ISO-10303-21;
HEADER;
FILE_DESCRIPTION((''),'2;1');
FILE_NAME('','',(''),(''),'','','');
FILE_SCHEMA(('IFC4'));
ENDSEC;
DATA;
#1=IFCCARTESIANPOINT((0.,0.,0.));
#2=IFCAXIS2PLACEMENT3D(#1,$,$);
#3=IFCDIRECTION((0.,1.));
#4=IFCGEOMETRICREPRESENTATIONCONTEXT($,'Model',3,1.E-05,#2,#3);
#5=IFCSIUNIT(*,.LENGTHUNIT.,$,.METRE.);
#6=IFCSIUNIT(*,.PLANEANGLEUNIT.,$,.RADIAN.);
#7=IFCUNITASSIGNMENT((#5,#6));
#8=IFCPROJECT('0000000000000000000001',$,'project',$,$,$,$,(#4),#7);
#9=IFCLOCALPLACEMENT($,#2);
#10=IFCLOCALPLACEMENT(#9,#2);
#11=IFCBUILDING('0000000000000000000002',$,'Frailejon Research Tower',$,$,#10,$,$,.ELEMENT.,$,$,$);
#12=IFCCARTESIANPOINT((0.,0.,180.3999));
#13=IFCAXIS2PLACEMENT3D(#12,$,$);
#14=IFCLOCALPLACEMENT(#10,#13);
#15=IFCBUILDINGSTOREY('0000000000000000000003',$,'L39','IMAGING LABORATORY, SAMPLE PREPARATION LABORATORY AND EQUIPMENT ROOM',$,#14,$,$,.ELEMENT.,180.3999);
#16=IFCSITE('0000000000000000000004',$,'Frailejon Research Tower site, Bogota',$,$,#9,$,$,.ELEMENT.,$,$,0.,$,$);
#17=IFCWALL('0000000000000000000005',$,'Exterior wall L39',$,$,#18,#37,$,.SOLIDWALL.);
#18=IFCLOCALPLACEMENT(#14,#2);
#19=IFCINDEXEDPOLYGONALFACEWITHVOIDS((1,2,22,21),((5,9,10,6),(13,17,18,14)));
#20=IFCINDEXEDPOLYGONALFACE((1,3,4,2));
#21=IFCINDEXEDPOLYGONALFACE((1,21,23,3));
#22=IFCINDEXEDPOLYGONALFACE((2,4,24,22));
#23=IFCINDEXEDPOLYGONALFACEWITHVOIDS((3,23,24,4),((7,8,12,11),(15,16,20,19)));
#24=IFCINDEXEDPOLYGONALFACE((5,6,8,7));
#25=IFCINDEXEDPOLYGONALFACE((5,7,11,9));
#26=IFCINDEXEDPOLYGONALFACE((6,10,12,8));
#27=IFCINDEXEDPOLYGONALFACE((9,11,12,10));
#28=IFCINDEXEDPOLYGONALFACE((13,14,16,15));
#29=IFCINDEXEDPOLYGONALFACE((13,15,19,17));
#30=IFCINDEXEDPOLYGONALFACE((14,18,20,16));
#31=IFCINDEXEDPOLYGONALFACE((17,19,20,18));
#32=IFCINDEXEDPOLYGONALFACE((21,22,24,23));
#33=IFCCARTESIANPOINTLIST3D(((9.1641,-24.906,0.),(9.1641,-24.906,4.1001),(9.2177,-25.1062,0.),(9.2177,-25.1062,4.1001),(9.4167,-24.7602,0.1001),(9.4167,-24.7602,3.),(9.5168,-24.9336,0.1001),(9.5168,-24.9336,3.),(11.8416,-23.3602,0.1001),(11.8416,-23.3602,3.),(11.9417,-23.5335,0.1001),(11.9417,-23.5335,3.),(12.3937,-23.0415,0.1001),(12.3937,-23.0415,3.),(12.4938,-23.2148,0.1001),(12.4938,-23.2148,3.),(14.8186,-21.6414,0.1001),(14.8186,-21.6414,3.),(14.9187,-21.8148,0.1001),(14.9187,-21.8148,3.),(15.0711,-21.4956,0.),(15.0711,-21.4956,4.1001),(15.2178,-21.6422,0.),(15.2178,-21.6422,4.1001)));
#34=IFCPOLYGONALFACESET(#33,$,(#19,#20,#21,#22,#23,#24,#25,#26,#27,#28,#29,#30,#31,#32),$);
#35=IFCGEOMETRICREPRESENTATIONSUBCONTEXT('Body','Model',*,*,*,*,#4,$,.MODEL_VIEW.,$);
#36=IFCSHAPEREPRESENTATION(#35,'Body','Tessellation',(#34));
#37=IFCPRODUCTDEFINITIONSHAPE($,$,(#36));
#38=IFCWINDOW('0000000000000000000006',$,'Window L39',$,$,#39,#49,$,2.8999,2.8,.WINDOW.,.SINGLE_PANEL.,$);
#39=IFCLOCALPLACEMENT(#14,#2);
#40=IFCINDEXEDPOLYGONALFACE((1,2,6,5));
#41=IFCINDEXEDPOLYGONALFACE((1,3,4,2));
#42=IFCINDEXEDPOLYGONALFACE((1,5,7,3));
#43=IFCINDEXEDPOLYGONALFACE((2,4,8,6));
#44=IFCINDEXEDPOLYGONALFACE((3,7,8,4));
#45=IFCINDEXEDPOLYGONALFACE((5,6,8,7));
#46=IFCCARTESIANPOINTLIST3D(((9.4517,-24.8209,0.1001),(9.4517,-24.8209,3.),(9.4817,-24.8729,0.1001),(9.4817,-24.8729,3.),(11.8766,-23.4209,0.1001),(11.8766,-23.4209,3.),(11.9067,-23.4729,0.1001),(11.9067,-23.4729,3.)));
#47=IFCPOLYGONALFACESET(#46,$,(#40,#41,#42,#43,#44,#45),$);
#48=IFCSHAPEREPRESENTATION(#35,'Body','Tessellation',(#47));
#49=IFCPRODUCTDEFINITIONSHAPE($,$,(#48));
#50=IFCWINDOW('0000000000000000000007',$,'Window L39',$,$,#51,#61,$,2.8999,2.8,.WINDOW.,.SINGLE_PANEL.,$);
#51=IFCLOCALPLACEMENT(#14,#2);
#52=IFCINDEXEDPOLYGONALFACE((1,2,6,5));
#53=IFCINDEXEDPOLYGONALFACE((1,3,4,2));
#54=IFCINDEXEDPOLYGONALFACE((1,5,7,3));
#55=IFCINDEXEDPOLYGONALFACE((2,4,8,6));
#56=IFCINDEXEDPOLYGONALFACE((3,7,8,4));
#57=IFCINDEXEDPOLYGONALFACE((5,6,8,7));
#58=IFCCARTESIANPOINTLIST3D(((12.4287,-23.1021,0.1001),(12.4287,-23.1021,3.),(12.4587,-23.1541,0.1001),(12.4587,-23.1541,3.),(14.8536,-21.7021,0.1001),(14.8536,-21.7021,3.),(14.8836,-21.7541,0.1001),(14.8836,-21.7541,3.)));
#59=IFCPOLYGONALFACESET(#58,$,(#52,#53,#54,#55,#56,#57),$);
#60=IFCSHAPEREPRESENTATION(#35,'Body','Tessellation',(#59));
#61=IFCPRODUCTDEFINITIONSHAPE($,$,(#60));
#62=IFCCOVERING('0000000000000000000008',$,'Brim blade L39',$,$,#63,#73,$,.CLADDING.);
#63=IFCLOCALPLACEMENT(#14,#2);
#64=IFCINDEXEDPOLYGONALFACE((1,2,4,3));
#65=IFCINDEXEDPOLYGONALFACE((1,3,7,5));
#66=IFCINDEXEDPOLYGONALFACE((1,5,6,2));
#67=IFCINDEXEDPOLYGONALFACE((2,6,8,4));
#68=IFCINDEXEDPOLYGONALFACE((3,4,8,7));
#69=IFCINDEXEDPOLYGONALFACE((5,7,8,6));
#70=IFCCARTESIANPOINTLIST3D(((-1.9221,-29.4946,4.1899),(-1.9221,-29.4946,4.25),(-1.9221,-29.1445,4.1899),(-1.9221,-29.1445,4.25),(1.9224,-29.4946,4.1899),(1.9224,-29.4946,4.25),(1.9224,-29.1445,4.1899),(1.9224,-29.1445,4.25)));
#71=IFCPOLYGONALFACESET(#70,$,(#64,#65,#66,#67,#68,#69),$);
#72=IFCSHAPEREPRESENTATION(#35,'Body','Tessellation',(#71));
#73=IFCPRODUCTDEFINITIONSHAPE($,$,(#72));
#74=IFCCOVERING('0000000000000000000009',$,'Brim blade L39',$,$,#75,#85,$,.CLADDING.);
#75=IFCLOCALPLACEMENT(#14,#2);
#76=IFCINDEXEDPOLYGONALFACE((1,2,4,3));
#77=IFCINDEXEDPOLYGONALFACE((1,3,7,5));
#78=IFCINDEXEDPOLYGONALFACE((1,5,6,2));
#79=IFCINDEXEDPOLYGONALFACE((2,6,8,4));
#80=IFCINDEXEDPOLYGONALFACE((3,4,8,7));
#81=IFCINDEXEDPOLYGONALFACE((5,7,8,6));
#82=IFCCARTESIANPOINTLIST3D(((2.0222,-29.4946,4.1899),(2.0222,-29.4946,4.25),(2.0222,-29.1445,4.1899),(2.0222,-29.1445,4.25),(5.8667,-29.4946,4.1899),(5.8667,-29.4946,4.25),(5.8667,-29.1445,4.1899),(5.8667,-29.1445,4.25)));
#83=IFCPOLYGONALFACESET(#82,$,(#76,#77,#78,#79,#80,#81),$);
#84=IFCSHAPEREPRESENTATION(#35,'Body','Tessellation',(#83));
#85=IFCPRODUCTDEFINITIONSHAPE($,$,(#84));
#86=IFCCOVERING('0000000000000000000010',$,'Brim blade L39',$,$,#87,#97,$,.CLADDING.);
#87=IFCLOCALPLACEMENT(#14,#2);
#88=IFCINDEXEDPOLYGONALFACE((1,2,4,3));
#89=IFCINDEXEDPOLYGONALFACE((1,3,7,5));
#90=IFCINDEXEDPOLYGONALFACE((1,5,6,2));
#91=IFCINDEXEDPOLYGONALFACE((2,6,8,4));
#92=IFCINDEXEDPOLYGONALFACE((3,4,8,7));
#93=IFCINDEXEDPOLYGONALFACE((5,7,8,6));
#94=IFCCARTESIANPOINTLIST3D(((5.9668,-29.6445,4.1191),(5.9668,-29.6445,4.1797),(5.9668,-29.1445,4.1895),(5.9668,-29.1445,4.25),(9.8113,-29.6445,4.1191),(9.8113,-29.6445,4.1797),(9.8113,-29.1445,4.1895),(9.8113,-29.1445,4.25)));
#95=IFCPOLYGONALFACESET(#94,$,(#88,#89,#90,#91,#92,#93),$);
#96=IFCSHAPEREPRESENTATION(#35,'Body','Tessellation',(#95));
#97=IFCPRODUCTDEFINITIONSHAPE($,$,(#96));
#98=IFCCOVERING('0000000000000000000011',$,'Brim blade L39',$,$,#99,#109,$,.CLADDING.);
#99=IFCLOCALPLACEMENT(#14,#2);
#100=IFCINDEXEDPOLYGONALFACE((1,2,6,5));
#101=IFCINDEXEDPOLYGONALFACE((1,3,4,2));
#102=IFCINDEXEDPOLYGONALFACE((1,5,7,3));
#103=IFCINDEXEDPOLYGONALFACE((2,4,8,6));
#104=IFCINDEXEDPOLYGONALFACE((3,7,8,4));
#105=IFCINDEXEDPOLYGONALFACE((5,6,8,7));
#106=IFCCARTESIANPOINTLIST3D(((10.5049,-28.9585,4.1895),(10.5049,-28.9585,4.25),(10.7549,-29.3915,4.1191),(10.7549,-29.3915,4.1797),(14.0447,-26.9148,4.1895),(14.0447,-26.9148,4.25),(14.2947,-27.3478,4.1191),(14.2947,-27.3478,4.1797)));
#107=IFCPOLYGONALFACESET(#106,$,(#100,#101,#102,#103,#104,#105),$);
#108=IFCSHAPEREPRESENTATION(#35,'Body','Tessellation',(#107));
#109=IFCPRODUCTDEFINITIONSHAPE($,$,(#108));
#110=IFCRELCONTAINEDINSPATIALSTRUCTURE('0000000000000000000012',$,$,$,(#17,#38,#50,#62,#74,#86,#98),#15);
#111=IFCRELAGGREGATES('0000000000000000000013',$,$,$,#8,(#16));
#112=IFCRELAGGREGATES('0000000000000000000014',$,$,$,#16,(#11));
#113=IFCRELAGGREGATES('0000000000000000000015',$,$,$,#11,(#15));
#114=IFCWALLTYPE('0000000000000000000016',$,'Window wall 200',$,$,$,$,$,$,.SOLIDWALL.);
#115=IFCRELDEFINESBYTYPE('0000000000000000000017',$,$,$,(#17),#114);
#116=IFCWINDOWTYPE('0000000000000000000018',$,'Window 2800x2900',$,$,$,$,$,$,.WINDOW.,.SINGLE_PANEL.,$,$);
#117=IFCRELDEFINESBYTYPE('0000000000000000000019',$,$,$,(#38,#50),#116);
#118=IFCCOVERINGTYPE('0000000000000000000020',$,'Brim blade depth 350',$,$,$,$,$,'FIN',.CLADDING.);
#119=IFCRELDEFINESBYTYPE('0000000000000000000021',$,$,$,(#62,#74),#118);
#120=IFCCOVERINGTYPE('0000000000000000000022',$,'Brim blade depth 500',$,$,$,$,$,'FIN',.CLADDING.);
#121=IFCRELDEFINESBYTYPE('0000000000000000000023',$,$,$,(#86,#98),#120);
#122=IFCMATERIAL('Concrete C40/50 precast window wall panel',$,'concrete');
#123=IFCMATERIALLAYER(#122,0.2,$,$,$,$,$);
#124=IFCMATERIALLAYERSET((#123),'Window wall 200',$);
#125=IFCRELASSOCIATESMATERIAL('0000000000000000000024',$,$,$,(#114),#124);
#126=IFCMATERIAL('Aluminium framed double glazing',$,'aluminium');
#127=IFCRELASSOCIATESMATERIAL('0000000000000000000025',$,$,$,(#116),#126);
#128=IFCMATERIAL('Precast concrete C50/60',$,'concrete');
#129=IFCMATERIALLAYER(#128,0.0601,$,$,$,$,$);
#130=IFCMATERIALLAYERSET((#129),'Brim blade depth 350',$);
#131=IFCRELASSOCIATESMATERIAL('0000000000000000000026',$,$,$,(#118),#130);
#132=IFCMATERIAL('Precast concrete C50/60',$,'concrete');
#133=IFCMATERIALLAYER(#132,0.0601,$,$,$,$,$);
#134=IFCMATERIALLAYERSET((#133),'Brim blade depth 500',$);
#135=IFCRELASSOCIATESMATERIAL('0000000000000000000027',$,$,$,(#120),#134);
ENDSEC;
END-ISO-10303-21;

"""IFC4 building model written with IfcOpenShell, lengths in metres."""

from ifc_helpers import new_model, si_unit, direction, frame, frame_2d, origin, place, context, subcontext, project, spatial, polyline, rectangle, outline, extrude, material, layer, layer_set, type_object, element, fill, save


model = new_model("IFC4")

# Units and contexts
model_context = context("Model", 3, precision=1e-05, world=origin(), true_north=direction((0.0, 1.0)))
body_context = subcontext(model_context, "Body", "Model", "MODEL_VIEW")
ifc_project = project(units=[si_unit("LENGTHUNIT", "METRE"), si_unit("PLANEANGLEUNIT", "RADIAN")], contexts=[model_context])

# Site, building, storey
site_placement = place(None, origin())
site = spatial("IfcSite", under=ifc_project, at=site_placement, Name="Frailejon Research Tower site, Bogota", CompositionType="ELEMENT", RefElevation=0.0)
building_placement = place(site_placement, origin())
building = spatial("IfcBuilding", under=site, at=building_placement, Name="Frailejon Research Tower", CompositionType="ELEMENT")
storey_placement = place(building_placement, frame((0.0, 0.0, 180.3999)))
storey = spatial("IfcBuildingStorey", under=building, at=storey_placement, Name="L39", Description="IMAGING LABORATORY, SAMPLE PREPARATION LABORATORY AND EQUIPMENT ROOM", CompositionType="ELEMENT", Elevation=180.3999)

# Wall, openings, windows
ifc_material_1 = material(Name="Concrete C40/50 precast window wall panel", Category="concrete")
ifc_layer_1 = layer(ifc_material_1, 0.2)
ifc_layer_set_1 = layer_set([ifc_layer_1], Name="Window wall 200")
wall_type_1 = type_object("IfcWallType", Name="Window wall 200", PredefinedType="SOLIDWALL", material=ifc_layer_set_1)
wall_1_placement = place(storey_placement, frame((9.1909, -25.0061, 0.0), z_axis=(0.0, 0.0, 1.0), x_axis=(0.866029, 0.499993, 0.0)))
wall_1 = element("IfcWall", 1, at=wall_1_placement, inside=storey, type_object=wall_type_1, Name="Exterior wall L39", PredefinedType="SOLIDWALL", context=body_context, shape_type="SweptSolid", body=[
    extrude(outline(polyline([(-0.0269, -0.1001), (1.1279, -0.1001), (2.2825, -0.1001), (3.4373, -0.1001), (4.592, -0.1001), (5.7466, -0.1001), (6.9014, -0.1001), (6.8477, 0.1001), (5.7109, 0.1001), (4.574, 0.1001), (3.4373, 0.1001), (2.3005, 0.1001), (1.1636, 0.1001), (0.0269, 0.1001), (-0.0269, -0.1001)])), origin(), (0.0, 0.0, 1.0), 4.1001),
])
opening_1_placement = place(wall_1_placement, frame((0.3186, 0.0, 0.1001)))
opening_1 = element("IfcOpeningElement", 2, at=opening_1_placement, cuts=wall_1, PredefinedType="OPENING", context=body_context, shape_type="SweptSolid", body=[
    extrude(rectangle(XDim=2.8, YDim=2.8999, at=frame_2d((1.3999, 1.45))), frame((0.0, 0.1099, 0.0), z_axis=(0.0, -1.0, 0.0), x_axis=(1.0, 0.0, 0.0)), (0.0, 0.0, 1.0), 0.22),
])
opening_2_placement = place(wall_1_placement, frame((3.7561, 0.0, 0.1001)))
opening_2 = element("IfcOpeningElement", 3, at=opening_2_placement, cuts=wall_1, PredefinedType="OPENING", context=body_context, shape_type="SweptSolid", body=[
    extrude(rectangle(XDim=2.8, YDim=2.8999, at=frame_2d((1.3999, 1.45))), frame((0.0, 0.1099, 0.0), z_axis=(0.0, -1.0, 0.0), x_axis=(1.0, 0.0, 0.0)), (0.0, 0.0, 1.0), 0.22),
])
ifc_material_2 = material(Name="Aluminium framed double glazing", Category="aluminium")
window_type = type_object("IfcWindowType", Name="Window 2800x2900", PartitioningType="SINGLE_PANEL", PredefinedType="WINDOW", material=ifc_material_2)
window_1_placement = place(opening_1_placement, origin())
window_1 = element("IfcWindow", 4, at=window_1_placement, inside=storey, type_object=window_type, Name="Window L39", OverallHeight=2.8999, OverallWidth=2.8, PartitioningType="SINGLE_PANEL", PredefinedType="WINDOW", context=body_context, shape_type="SweptSolid", body=[
    extrude(rectangle(XDim=2.8, YDim=2.8999, at=frame_2d((1.3999, 1.45))), frame((0.0, 0.03, 0.0), z_axis=(0.0, -1.0, 0.0), x_axis=(1.0, 0.0, 0.0)), (0.0, 0.0, 1.0), 0.0601),
])
fill(opening_1, window_1)
window_2_placement = place(opening_2_placement, origin())
window_2 = element("IfcWindow", 5, at=window_2_placement, inside=storey, type_object=window_type, Name="Window L39", OverallHeight=2.8999, OverallWidth=2.8, PartitioningType="SINGLE_PANEL", PredefinedType="WINDOW", context=body_context, shape_type="SweptSolid", body=[
    extrude(rectangle(XDim=2.8, YDim=2.8999, at=frame_2d((1.3999, 1.45))), frame((0.0, 0.03, 0.0), z_axis=(0.0, -1.0, 0.0), x_axis=(1.0, 0.0, 0.0)), (0.0, 0.0, 1.0), 0.0601),
])
fill(opening_2, window_2)

# Coverings
ifc_material_3 = material(Name="Precast concrete C50/60", Category="concrete")
ifc_layer_2 = layer(ifc_material_3, 0.0601)
ifc_layer_set_2 = layer_set([ifc_layer_2], Name="Brim blade depth 350")
covering_type_1 = type_object("IfcCoveringType", Name="Brim blade depth 350", ElementType="FIN", PredefinedType="CLADDING", material=ifc_layer_set_2)
for number, where, z_axis, x_axis, name in (
    (6, (1.9224, -29.1445, 4.25), (-1.0, 0.0, 0.0), (0.0, -1.0, 0.0), "Brim blade L39"),
    (7, (5.8667, -29.1445, 4.25), (-1.0, 0.0, 0.0), (0.0, -1.0, 0.0), "Brim blade L39"),
):
    element("IfcCovering", number, at=place(storey_placement, frame(where, z_axis=z_axis, x_axis=x_axis)), inside=storey, type_object=covering_type_1, Name=name, PredefinedType="CLADDING", context=body_context, shape_type="SweptSolid", body=[
        extrude(outline(polyline([(0.0, -0.0601), (0.3501, -0.0601), (0.3501, 0.0), (0.0, 0.0), (0.0, -0.0601)])), origin(), (0.0, 0.0, 1.0), 3.8445),
    ])
ifc_material_4 = material(Name="Precast concrete C50/60", Category="concrete")
ifc_layer_3 = layer(ifc_material_4, 0.0601)
ifc_layer_set_3 = layer_set([ifc_layer_3], Name="Brim blade depth 500")
covering_type_2 = type_object("IfcCoveringType", Name="Brim blade depth 500", ElementType="FIN", PredefinedType="CLADDING", material=ifc_layer_set_3)
covering_1_placement = place(storey_placement, frame((9.8113, -29.1445, 4.25), z_axis=(-1.0, 0.0, 0.0), x_axis=(0.0, -1.0, 0.0)))
element("IfcCovering", 8, at=covering_1_placement, inside=storey, type_object=covering_type_2, Name="Brim blade L39", PredefinedType="CLADDING", context=body_context, shape_type="SweptSolid", body=[
    extrude(outline(polyline([(0.0, -0.0605), (0.5, -0.1309), (0.5, -0.0703), (0.0, 0.0), (0.0, -0.0605)])), origin(), (0.0, 0.0, 1.0), 3.8445),
])
covering_2_placement = place(storey_placement, frame((14.0447, -26.9148, 4.25), z_axis=(-0.866021, -0.500007, 0.0), x_axis=(0.500007, -0.866021, 0.0)))
element("IfcCovering", 9, at=covering_2_placement, inside=storey, type_object=covering_type_2, Name="Brim blade L39", PredefinedType="CLADDING", context=body_context, shape_type="SweptSolid", body=[
    extrude(outline(polyline([(0.0, -0.0605), (0.5, -0.1309), (0.5, -0.0703), (0.0, 0.0), (0.0, -0.0605)])), origin(), (0.0, 0.0, 1.0), 4.0874),
])

save(model, "model.ifc")
